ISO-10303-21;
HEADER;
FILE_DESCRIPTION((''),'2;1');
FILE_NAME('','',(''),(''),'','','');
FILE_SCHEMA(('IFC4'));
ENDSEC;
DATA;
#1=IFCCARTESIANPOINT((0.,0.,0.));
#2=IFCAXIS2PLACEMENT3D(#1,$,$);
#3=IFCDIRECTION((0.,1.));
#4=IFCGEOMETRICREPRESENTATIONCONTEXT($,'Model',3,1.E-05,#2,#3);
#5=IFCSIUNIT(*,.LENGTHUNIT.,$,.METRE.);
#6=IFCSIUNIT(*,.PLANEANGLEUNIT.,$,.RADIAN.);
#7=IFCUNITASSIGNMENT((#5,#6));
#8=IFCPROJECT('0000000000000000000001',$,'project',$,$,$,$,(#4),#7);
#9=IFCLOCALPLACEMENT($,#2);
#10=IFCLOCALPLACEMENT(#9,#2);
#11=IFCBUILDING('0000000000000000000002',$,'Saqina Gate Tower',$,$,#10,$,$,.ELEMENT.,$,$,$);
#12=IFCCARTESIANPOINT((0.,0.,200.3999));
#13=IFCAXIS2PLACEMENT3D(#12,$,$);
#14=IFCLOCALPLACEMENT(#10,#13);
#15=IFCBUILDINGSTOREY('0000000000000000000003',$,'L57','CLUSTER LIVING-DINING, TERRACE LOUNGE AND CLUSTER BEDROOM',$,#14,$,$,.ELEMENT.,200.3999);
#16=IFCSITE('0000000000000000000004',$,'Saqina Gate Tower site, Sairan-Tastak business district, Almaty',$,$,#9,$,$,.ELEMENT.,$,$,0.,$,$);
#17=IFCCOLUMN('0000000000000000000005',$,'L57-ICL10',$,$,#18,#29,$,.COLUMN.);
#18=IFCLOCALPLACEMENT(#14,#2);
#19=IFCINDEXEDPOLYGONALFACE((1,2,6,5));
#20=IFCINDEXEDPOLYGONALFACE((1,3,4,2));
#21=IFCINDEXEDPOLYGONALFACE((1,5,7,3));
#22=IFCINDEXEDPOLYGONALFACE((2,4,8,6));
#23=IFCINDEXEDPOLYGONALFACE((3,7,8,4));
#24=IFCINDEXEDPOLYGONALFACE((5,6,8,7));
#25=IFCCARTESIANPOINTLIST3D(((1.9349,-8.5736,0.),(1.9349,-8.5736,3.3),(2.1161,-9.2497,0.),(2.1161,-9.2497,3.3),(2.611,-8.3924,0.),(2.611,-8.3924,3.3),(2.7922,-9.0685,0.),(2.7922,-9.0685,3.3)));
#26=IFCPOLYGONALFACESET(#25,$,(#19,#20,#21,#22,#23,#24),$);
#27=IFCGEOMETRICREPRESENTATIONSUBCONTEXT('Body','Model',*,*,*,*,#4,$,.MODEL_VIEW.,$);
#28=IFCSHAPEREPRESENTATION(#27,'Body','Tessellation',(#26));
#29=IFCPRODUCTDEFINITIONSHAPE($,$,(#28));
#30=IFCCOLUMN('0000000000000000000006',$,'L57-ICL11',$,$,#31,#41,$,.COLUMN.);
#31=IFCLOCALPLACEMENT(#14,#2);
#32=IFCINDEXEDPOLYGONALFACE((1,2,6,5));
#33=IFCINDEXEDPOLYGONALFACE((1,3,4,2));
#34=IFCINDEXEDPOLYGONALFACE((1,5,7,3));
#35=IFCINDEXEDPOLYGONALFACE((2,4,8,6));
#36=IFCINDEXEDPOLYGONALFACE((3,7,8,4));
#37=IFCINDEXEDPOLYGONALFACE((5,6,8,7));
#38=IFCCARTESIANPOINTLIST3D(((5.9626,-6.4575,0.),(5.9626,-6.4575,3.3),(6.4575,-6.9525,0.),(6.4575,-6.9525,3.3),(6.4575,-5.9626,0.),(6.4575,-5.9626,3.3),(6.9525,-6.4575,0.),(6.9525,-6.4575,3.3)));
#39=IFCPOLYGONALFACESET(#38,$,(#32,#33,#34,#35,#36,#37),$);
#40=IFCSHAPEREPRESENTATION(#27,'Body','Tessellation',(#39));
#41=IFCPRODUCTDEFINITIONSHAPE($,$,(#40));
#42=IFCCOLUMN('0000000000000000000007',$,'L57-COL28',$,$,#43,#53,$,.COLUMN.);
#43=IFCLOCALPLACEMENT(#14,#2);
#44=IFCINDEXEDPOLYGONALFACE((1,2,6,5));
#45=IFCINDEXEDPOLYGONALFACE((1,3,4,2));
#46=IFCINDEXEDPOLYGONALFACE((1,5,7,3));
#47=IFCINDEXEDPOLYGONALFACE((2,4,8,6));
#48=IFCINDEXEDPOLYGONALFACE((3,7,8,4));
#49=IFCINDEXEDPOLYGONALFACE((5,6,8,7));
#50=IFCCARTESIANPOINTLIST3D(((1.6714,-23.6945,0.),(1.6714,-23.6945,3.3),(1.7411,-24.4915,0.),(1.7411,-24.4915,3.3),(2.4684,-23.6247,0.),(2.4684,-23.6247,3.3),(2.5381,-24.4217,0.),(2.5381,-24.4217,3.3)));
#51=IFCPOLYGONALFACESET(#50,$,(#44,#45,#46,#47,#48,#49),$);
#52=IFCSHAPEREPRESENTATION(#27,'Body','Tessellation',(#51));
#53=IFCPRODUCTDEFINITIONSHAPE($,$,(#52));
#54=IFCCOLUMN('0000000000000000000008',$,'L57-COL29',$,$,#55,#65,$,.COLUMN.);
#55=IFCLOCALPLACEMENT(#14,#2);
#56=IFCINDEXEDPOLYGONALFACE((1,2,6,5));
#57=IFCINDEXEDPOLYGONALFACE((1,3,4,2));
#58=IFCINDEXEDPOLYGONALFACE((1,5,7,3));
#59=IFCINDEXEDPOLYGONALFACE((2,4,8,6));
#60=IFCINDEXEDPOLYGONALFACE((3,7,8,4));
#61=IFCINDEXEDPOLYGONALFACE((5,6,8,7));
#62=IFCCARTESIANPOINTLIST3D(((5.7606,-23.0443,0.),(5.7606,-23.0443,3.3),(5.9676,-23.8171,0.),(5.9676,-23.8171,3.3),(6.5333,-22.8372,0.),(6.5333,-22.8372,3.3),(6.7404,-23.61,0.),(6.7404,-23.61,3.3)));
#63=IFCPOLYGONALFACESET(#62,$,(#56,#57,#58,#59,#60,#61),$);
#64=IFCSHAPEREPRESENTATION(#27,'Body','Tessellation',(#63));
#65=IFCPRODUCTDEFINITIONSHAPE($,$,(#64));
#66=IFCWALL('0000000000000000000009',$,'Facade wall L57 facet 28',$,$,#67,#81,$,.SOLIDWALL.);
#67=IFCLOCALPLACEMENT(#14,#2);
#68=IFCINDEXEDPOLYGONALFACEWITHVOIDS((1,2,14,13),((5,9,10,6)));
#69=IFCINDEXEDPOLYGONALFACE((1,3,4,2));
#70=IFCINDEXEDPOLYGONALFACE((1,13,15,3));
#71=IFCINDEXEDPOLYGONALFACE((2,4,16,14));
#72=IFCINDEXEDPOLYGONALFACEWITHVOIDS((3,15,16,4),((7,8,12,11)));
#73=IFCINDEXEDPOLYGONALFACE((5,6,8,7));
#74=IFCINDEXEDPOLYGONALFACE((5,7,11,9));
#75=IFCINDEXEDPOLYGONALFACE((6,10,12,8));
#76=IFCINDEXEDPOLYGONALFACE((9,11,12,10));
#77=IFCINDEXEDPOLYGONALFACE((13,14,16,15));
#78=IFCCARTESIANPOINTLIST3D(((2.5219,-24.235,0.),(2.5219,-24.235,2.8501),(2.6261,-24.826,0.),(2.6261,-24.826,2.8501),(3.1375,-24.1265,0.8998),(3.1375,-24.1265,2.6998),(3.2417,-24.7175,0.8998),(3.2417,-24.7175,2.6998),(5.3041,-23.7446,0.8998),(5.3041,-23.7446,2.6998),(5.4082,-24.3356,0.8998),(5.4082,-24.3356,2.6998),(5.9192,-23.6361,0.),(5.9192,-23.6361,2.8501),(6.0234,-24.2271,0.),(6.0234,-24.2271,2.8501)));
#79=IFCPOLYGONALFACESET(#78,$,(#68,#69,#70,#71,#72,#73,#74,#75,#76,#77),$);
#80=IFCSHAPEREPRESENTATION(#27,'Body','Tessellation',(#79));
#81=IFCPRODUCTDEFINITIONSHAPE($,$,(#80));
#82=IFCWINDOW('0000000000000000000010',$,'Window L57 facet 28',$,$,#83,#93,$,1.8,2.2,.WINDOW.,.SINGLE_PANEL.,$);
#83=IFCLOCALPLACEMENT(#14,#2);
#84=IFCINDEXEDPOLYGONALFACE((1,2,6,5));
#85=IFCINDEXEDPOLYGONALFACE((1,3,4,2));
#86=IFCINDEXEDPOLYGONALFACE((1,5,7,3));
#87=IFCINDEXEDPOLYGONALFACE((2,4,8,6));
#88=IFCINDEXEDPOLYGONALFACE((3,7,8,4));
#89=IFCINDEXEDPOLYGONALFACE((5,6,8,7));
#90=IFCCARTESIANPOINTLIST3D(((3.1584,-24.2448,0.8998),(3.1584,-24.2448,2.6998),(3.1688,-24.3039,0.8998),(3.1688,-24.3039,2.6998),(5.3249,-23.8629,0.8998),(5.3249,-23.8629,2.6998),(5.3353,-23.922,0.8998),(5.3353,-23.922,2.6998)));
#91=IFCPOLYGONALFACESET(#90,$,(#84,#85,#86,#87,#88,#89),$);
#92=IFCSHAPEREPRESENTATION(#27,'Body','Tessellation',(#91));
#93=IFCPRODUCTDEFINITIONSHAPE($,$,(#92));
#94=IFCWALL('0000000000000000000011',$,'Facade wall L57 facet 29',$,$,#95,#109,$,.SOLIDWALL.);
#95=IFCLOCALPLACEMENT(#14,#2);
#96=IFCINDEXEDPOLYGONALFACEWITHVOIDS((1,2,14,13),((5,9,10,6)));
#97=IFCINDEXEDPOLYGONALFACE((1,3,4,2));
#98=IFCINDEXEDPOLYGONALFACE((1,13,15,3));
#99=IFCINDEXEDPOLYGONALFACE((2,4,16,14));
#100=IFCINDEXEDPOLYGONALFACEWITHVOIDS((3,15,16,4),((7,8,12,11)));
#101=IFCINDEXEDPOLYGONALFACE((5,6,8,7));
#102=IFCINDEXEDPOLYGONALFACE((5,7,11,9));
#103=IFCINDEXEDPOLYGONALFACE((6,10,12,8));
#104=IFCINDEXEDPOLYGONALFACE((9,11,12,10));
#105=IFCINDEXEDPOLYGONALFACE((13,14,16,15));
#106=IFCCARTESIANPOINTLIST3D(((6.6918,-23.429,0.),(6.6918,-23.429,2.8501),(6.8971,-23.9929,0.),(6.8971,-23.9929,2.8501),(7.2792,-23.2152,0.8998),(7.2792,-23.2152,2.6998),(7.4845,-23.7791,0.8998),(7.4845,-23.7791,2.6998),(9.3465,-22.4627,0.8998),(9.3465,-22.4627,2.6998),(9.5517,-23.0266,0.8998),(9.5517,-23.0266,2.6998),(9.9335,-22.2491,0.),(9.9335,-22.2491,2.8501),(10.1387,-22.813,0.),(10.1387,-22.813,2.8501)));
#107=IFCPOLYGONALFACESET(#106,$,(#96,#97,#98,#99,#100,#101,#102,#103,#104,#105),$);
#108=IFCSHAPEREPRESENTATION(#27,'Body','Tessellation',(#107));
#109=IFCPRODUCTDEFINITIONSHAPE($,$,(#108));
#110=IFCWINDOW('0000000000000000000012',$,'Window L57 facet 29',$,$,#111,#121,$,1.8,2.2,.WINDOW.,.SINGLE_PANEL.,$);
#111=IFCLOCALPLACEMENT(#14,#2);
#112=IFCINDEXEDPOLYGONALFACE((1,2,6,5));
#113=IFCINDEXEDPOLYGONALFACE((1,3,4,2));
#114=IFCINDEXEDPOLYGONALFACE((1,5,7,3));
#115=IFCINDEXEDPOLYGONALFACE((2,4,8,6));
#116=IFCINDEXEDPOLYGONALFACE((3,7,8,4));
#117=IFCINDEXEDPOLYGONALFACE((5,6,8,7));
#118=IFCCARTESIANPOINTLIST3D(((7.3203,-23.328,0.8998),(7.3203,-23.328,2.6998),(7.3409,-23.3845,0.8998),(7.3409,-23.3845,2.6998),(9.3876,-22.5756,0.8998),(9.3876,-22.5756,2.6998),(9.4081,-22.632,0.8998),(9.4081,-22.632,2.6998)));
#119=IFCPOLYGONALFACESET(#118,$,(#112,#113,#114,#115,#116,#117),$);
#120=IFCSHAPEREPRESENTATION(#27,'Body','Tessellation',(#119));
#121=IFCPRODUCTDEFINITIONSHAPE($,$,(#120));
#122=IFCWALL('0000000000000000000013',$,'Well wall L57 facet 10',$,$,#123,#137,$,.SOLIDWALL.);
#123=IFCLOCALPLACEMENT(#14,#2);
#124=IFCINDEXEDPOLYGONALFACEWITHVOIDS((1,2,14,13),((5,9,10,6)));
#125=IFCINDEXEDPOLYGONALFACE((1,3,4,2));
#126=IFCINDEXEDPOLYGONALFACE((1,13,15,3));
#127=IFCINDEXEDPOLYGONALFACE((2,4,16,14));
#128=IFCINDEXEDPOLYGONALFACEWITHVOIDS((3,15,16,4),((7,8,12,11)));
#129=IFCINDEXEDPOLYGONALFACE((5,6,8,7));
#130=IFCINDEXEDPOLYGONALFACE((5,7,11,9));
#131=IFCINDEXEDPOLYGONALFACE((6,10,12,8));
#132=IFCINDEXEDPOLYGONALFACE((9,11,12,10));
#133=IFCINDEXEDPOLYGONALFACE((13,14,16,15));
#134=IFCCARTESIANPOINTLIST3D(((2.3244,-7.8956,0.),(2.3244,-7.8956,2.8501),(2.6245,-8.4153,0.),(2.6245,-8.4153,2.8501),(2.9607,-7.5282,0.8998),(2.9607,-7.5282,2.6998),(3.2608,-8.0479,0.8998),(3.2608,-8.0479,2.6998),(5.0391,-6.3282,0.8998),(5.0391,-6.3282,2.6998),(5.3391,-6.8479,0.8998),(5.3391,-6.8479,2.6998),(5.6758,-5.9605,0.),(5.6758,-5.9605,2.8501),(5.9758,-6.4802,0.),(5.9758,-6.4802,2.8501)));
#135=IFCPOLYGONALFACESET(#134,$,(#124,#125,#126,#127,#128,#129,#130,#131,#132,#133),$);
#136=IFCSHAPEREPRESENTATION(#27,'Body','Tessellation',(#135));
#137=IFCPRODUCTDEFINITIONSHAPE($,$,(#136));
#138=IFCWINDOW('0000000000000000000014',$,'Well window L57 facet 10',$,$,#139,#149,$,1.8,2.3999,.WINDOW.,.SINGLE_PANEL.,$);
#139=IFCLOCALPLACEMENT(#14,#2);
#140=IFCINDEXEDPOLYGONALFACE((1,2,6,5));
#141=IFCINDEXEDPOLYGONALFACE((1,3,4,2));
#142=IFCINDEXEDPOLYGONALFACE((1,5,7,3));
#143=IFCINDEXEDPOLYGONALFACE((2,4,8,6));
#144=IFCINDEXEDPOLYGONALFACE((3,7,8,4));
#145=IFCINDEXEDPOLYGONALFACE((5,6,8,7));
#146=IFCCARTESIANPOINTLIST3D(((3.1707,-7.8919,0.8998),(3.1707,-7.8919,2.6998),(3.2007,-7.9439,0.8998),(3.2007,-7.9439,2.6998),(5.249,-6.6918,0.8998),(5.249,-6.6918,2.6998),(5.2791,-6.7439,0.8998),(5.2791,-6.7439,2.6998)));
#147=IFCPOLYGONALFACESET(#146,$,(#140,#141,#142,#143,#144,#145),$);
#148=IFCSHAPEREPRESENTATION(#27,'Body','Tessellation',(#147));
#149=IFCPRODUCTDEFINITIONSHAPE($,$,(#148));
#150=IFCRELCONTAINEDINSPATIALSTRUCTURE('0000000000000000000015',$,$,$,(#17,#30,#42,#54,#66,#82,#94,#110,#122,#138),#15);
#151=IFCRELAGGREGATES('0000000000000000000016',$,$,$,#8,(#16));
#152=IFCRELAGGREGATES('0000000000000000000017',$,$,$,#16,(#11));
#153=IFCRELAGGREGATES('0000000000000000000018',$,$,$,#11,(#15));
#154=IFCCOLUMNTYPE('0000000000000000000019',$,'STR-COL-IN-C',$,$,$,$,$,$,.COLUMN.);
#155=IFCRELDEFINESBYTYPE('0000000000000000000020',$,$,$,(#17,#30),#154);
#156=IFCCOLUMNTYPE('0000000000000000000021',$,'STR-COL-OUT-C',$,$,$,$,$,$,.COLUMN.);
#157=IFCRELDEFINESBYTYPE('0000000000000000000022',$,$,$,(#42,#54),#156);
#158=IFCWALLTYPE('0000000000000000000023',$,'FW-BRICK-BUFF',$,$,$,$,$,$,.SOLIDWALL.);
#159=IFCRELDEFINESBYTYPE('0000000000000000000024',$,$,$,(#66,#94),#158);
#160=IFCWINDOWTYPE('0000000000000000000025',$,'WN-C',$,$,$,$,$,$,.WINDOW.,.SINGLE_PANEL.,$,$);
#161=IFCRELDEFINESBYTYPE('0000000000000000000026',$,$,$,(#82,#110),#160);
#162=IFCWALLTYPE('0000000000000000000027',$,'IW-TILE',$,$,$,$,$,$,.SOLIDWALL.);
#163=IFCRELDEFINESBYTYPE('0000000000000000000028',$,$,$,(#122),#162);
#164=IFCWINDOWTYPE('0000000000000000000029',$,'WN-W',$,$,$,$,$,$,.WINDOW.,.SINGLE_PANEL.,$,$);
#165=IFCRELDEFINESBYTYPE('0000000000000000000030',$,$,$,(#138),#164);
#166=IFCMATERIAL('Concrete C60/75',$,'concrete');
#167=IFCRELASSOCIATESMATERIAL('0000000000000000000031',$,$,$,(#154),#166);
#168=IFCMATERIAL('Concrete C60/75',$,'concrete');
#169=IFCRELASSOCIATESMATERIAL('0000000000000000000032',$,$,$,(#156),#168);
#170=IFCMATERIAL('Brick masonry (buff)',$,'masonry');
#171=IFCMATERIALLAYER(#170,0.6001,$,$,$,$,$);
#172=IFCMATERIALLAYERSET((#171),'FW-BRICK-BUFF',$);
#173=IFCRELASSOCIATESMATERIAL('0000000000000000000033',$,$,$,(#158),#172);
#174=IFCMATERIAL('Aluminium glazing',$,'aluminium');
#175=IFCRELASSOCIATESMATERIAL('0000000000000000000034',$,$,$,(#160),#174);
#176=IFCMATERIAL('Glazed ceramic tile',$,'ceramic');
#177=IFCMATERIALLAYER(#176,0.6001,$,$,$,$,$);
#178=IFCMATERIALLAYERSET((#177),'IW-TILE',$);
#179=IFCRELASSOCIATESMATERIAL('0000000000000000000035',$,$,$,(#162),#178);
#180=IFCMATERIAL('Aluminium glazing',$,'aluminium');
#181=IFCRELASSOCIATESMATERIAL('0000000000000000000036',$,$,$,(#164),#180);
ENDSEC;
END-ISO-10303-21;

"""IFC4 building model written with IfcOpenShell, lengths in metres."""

from ifc_helpers import new_model, si_unit, direction, frame, frame_2d, origin, origin_2d, place, context, subcontext, project, spatial, rectangle, extrude, material, layer, layer_set, material_profile, profile_set, type_object, element, fill, save


model = new_model("IFC4")

# Units and contexts
model_context = context("Model", 3, precision=1e-05, world=origin(), true_north=direction((0.0, 1.0)))
body_context = subcontext(model_context, "Body", "Model", "MODEL_VIEW")
ifc_project = project(units=[si_unit("LENGTHUNIT", "METRE"), si_unit("PLANEANGLEUNIT", "RADIAN")], contexts=[model_context])

# Site, building, storey
site_placement = place(None, origin())
site = spatial("IfcSite", under=ifc_project, at=site_placement, Name="Saqina Gate Tower site, Sairan-Tastak business district, Almaty", CompositionType="ELEMENT", RefElevation=0.0)
building_placement = place(site_placement, origin())
building = spatial("IfcBuilding", under=site, at=building_placement, Name="Saqina Gate Tower", CompositionType="ELEMENT")
storey_placement = place(building_placement, frame((0.0, 0.0, 200.3999)))
storey = spatial("IfcBuildingStorey", under=building, at=storey_placement, Name="L57", Description="CLUSTER LIVING-DINING, TERRACE LOUNGE AND CLUSTER BEDROOM", CompositionType="ELEMENT", Elevation=200.3999)

# Columns
ifc_material_1 = material(Name="Concrete C60/75", Category="concrete")
ifc_material_profile_1 = material_profile(ifc_material_1, rectangle(XDim=0.7, YDim=0.7, at=origin_2d()), Name="RC 700x700")
ifc_profile_set_1 = profile_set([ifc_material_profile_1], Name="Concrete C60/75")
column_type_1 = type_object("IfcColumnType", Name="STR-COL-IN-C", PredefinedType="COLUMN", material=ifc_profile_set_1)
for number, where, z_axis, x_axis, name in (
    (1, (2.3635, -8.821, 0.0), (0.0, 0.0, 1.0), (0.258819, -0.965926, 0.0), "L57-ICL10"),
    (2, (6.4575, -6.4575, 0.0), (0.0, 0.0, 1.0), (0.707107, -0.707107, 0.0), "L57-ICL11"),
):
    element("IfcColumn", number, at=place(storey_placement, frame(where, z_axis=z_axis, x_axis=x_axis)), inside=storey, type_object=column_type_1, Name=name, PredefinedType="COLUMN", context=body_context, shape_type="SweptSolid", body=[
        extrude(rectangle(XDim=0.7, YDim=0.7, at=origin_2d()), origin(), (0.0, 0.0, 1.0), 3.3),
    ])
ifc_material_2 = material(Name="Concrete C60/75", Category="concrete")
ifc_material_profile_2 = material_profile(ifc_material_2, rectangle(XDim=0.8, YDim=0.8, at=origin_2d()), Name="RC 800x800")
ifc_profile_set_2 = profile_set([ifc_material_profile_2], Name="Concrete C60/75")
column_type_2 = type_object("IfcColumnType", Name="STR-COL-OUT-C", PredefinedType="COLUMN", material=ifc_profile_set_2)
for number, where, z_axis, x_axis, name in (
    (3, (2.1047, -24.0581, 0.0), (0.0, 0.0, 1.0), (0.087156, -0.996195, 0.0), "L57-COL28"),
    (4, (6.2505, -23.3271, 0.0), (0.0, 0.0, 1.0), (0.258819, -0.965926, 0.0), "L57-COL29"),
):
    element("IfcColumn", number, at=place(storey_placement, frame(where, z_axis=z_axis, x_axis=x_axis)), inside=storey, type_object=column_type_2, Name=name, PredefinedType="COLUMN", context=body_context, shape_type="SweptSolid", body=[
        extrude(rectangle(XDim=0.8, YDim=0.8, at=origin_2d()), origin(), (0.0, 0.0, 1.0), 3.3),
    ])

# Walls, openings, windows
ifc_material_3 = material(Name="Brick masonry (buff)", Category="masonry")
ifc_layer_1 = layer(ifc_material_3, 0.6001)
ifc_layer_set_1 = layer_set([ifc_layer_1], Name="FW-BRICK-BUFF")
wall_type_1 = type_object("IfcWallType", Name="FW-BRICK-BUFF", PredefinedType="SOLIDWALL", material=ifc_layer_set_1)
wall_1_placement = place(storey_placement, frame((2.574, -24.5305, 0.0), z_axis=(0.0, 0.0, 1.0), x_axis=(0.984815, 0.173608, 0.0)))
wall_1 = element("IfcWall", 5, at=wall_1_placement, inside=storey, type_object=wall_type_1, Name="Facade wall L57 facet 28", PredefinedType="SOLIDWALL", context=body_context, shape_type="SweptSolid", body=[
    extrude(rectangle(XDim=3.4497, YDim=0.6001, at=frame_2d((1.7249, 0.0))), origin(), (0.0, 0.0, 1.0), 2.8501),
])
opening_1_placement = place(wall_1_placement, frame((0.625, 0.0, 0.8999)))
opening_1 = element("IfcOpeningElement", 6, at=opening_1_placement, cuts=wall_1, PredefinedType="OPENING", context=body_context, shape_type="SweptSolid", body=[
    extrude(rectangle(XDim=2.2, YDim=1.8, at=frame_2d((1.1001, 0.8999))), frame((0.0, 0.312, 0.0), z_axis=(0.0, -1.0, 0.0), x_axis=(1.0, 0.0, 0.0)), (0.0, 0.0, 1.0), 0.624),
])
ifc_material_4 = material(Name="Aluminium glazing", Category="aluminium")
window_type_1 = type_object("IfcWindowType", Name="WN-C", PartitioningType="SINGLE_PANEL", PredefinedType="WINDOW", material=ifc_material_4)
window_1_placement = place(opening_1_placement, origin())
window_1 = element("IfcWindow", 7, at=window_1_placement, inside=storey, type_object=window_type_1, Name="Window L57 facet 28", OverallHeight=1.8, OverallWidth=2.2, PartitioningType="SINGLE_PANEL", PredefinedType="WINDOW", context=body_context, shape_type="SweptSolid", body=[
    extrude(rectangle(XDim=2.2, YDim=1.8, at=frame_2d((1.1001, 0.8999))), frame((0.0, 0.1799, 0.0), z_axis=(0.0, -1.0, 0.0), x_axis=(1.0, 0.0, 0.0)), (0.0, 0.0, 1.0), 0.0601),
])
fill(opening_1, window_1)
wall_2_placement = place(storey_placement, frame((6.7944, -23.7109, 0.0), z_axis=(0.0, 0.0, 1.0), x_axis=(0.939688, 0.342033, 0.0)))
wall_2 = element("IfcWall", 8, at=wall_2_placement, inside=storey, type_object=wall_type_1, Name="Facade wall L57 facet 29", PredefinedType="SOLIDWALL", context=body_context, shape_type="SweptSolid", body=[
    extrude(rectangle(XDim=3.4497, YDim=0.6001, at=frame_2d((1.7249, 0.0))), origin(), (0.0, 0.0, 1.0), 2.8501),
])
opening_2_placement = place(wall_2_placement, frame((0.625, 0.0, 0.8999)))
opening_2 = element("IfcOpeningElement", 9, at=opening_2_placement, cuts=wall_2, PredefinedType="OPENING", context=body_context, shape_type="SweptSolid", body=[
    extrude(rectangle(XDim=2.2, YDim=1.8, at=frame_2d((1.1001, 0.8999))), frame((0.0, 0.312, 0.0), z_axis=(0.0, -1.0, 0.0), x_axis=(1.0, 0.0, 0.0)), (0.0, 0.0, 1.0), 0.624),
])
window_2_placement = place(opening_2_placement, origin())
window_2 = element("IfcWindow", 10, at=window_2_placement, inside=storey, type_object=window_type_1, Name="Window L57 facet 29", OverallHeight=1.8, OverallWidth=2.2, PartitioningType="SINGLE_PANEL", PredefinedType="WINDOW", context=body_context, shape_type="SweptSolid", body=[
    extrude(rectangle(XDim=2.2, YDim=1.8, at=frame_2d((1.1001, 0.8999))), frame((0.0, 0.1799, 0.0), z_axis=(0.0, -1.0, 0.0), x_axis=(1.0, 0.0, 0.0)), (0.0, 0.0, 1.0), 0.0601),
])
fill(opening_2, window_2)
ifc_material_5 = material(Name="Glazed ceramic tile", Category="ceramic")
ifc_layer_2 = layer(ifc_material_5, 0.6001)
ifc_layer_set_2 = layer_set([ifc_layer_2], Name="IW-TILE")
wall_type_2 = type_object("IfcWallType", Name="IW-TILE", PredefinedType="SOLIDWALL", material=ifc_layer_set_2)
wall_3_placement = place(storey_placement, frame((2.4744, -8.1555, 0.0), z_axis=(0.0, 0.0, 1.0), x_axis=(0.866006, 0.500034, 0.0)))
wall_3 = element("IfcWall", 11, at=wall_3_placement, inside=storey, type_object=wall_type_2, Name="Well wall L57 facet 10", PredefinedType="SOLIDWALL", context=body_context, shape_type="SweptSolid", body=[
    extrude(rectangle(XDim=3.8699, YDim=0.6001, at=frame_2d((1.9351, 0.0))), origin(), (0.0, 0.0, 1.0), 2.8501),
])
opening_3_placement = place(wall_3_placement, frame((0.7349, 0.0, 0.8999)))
opening_3 = element("IfcOpeningElement", 12, at=opening_3_placement, cuts=wall_3, PredefinedType="OPENING", context=body_context, shape_type="SweptSolid", body=[
    extrude(rectangle(XDim=2.3999, YDim=1.8, at=frame_2d((1.2, 0.8999))), frame((0.0, 0.312, 0.0), z_axis=(0.0, -1.0, 0.0), x_axis=(1.0, 0.0, 0.0)), (0.0, 0.0, 1.0), 0.624),
])
ifc_material_6 = material(Name="Aluminium glazing", Category="aluminium")
window_type_2 = type_object("IfcWindowType", Name="WN-W", PartitioningType="SINGLE_PANEL", PredefinedType="WINDOW", material=ifc_material_6)
window_3_placement = place(opening_3_placement, origin())
window_3 = element("IfcWindow", 13, at=window_3_placement, inside=storey, type_object=window_type_2, Name="Well window L57 facet 10", OverallHeight=1.8, OverallWidth=2.3999, PartitioningType="SINGLE_PANEL", PredefinedType="WINDOW", context=body_context, shape_type="SweptSolid", body=[
    extrude(rectangle(XDim=2.3999, YDim=1.8, at=frame_2d((1.2, 0.8999))), frame((0.0, -0.1199, 0.0), z_axis=(0.0, -1.0, 0.0), x_axis=(1.0, 0.0, 0.0)), (0.0, 0.0, 1.0), 0.0601),
])
fill(opening_3, window_3)

save(model, "model.ifc")
